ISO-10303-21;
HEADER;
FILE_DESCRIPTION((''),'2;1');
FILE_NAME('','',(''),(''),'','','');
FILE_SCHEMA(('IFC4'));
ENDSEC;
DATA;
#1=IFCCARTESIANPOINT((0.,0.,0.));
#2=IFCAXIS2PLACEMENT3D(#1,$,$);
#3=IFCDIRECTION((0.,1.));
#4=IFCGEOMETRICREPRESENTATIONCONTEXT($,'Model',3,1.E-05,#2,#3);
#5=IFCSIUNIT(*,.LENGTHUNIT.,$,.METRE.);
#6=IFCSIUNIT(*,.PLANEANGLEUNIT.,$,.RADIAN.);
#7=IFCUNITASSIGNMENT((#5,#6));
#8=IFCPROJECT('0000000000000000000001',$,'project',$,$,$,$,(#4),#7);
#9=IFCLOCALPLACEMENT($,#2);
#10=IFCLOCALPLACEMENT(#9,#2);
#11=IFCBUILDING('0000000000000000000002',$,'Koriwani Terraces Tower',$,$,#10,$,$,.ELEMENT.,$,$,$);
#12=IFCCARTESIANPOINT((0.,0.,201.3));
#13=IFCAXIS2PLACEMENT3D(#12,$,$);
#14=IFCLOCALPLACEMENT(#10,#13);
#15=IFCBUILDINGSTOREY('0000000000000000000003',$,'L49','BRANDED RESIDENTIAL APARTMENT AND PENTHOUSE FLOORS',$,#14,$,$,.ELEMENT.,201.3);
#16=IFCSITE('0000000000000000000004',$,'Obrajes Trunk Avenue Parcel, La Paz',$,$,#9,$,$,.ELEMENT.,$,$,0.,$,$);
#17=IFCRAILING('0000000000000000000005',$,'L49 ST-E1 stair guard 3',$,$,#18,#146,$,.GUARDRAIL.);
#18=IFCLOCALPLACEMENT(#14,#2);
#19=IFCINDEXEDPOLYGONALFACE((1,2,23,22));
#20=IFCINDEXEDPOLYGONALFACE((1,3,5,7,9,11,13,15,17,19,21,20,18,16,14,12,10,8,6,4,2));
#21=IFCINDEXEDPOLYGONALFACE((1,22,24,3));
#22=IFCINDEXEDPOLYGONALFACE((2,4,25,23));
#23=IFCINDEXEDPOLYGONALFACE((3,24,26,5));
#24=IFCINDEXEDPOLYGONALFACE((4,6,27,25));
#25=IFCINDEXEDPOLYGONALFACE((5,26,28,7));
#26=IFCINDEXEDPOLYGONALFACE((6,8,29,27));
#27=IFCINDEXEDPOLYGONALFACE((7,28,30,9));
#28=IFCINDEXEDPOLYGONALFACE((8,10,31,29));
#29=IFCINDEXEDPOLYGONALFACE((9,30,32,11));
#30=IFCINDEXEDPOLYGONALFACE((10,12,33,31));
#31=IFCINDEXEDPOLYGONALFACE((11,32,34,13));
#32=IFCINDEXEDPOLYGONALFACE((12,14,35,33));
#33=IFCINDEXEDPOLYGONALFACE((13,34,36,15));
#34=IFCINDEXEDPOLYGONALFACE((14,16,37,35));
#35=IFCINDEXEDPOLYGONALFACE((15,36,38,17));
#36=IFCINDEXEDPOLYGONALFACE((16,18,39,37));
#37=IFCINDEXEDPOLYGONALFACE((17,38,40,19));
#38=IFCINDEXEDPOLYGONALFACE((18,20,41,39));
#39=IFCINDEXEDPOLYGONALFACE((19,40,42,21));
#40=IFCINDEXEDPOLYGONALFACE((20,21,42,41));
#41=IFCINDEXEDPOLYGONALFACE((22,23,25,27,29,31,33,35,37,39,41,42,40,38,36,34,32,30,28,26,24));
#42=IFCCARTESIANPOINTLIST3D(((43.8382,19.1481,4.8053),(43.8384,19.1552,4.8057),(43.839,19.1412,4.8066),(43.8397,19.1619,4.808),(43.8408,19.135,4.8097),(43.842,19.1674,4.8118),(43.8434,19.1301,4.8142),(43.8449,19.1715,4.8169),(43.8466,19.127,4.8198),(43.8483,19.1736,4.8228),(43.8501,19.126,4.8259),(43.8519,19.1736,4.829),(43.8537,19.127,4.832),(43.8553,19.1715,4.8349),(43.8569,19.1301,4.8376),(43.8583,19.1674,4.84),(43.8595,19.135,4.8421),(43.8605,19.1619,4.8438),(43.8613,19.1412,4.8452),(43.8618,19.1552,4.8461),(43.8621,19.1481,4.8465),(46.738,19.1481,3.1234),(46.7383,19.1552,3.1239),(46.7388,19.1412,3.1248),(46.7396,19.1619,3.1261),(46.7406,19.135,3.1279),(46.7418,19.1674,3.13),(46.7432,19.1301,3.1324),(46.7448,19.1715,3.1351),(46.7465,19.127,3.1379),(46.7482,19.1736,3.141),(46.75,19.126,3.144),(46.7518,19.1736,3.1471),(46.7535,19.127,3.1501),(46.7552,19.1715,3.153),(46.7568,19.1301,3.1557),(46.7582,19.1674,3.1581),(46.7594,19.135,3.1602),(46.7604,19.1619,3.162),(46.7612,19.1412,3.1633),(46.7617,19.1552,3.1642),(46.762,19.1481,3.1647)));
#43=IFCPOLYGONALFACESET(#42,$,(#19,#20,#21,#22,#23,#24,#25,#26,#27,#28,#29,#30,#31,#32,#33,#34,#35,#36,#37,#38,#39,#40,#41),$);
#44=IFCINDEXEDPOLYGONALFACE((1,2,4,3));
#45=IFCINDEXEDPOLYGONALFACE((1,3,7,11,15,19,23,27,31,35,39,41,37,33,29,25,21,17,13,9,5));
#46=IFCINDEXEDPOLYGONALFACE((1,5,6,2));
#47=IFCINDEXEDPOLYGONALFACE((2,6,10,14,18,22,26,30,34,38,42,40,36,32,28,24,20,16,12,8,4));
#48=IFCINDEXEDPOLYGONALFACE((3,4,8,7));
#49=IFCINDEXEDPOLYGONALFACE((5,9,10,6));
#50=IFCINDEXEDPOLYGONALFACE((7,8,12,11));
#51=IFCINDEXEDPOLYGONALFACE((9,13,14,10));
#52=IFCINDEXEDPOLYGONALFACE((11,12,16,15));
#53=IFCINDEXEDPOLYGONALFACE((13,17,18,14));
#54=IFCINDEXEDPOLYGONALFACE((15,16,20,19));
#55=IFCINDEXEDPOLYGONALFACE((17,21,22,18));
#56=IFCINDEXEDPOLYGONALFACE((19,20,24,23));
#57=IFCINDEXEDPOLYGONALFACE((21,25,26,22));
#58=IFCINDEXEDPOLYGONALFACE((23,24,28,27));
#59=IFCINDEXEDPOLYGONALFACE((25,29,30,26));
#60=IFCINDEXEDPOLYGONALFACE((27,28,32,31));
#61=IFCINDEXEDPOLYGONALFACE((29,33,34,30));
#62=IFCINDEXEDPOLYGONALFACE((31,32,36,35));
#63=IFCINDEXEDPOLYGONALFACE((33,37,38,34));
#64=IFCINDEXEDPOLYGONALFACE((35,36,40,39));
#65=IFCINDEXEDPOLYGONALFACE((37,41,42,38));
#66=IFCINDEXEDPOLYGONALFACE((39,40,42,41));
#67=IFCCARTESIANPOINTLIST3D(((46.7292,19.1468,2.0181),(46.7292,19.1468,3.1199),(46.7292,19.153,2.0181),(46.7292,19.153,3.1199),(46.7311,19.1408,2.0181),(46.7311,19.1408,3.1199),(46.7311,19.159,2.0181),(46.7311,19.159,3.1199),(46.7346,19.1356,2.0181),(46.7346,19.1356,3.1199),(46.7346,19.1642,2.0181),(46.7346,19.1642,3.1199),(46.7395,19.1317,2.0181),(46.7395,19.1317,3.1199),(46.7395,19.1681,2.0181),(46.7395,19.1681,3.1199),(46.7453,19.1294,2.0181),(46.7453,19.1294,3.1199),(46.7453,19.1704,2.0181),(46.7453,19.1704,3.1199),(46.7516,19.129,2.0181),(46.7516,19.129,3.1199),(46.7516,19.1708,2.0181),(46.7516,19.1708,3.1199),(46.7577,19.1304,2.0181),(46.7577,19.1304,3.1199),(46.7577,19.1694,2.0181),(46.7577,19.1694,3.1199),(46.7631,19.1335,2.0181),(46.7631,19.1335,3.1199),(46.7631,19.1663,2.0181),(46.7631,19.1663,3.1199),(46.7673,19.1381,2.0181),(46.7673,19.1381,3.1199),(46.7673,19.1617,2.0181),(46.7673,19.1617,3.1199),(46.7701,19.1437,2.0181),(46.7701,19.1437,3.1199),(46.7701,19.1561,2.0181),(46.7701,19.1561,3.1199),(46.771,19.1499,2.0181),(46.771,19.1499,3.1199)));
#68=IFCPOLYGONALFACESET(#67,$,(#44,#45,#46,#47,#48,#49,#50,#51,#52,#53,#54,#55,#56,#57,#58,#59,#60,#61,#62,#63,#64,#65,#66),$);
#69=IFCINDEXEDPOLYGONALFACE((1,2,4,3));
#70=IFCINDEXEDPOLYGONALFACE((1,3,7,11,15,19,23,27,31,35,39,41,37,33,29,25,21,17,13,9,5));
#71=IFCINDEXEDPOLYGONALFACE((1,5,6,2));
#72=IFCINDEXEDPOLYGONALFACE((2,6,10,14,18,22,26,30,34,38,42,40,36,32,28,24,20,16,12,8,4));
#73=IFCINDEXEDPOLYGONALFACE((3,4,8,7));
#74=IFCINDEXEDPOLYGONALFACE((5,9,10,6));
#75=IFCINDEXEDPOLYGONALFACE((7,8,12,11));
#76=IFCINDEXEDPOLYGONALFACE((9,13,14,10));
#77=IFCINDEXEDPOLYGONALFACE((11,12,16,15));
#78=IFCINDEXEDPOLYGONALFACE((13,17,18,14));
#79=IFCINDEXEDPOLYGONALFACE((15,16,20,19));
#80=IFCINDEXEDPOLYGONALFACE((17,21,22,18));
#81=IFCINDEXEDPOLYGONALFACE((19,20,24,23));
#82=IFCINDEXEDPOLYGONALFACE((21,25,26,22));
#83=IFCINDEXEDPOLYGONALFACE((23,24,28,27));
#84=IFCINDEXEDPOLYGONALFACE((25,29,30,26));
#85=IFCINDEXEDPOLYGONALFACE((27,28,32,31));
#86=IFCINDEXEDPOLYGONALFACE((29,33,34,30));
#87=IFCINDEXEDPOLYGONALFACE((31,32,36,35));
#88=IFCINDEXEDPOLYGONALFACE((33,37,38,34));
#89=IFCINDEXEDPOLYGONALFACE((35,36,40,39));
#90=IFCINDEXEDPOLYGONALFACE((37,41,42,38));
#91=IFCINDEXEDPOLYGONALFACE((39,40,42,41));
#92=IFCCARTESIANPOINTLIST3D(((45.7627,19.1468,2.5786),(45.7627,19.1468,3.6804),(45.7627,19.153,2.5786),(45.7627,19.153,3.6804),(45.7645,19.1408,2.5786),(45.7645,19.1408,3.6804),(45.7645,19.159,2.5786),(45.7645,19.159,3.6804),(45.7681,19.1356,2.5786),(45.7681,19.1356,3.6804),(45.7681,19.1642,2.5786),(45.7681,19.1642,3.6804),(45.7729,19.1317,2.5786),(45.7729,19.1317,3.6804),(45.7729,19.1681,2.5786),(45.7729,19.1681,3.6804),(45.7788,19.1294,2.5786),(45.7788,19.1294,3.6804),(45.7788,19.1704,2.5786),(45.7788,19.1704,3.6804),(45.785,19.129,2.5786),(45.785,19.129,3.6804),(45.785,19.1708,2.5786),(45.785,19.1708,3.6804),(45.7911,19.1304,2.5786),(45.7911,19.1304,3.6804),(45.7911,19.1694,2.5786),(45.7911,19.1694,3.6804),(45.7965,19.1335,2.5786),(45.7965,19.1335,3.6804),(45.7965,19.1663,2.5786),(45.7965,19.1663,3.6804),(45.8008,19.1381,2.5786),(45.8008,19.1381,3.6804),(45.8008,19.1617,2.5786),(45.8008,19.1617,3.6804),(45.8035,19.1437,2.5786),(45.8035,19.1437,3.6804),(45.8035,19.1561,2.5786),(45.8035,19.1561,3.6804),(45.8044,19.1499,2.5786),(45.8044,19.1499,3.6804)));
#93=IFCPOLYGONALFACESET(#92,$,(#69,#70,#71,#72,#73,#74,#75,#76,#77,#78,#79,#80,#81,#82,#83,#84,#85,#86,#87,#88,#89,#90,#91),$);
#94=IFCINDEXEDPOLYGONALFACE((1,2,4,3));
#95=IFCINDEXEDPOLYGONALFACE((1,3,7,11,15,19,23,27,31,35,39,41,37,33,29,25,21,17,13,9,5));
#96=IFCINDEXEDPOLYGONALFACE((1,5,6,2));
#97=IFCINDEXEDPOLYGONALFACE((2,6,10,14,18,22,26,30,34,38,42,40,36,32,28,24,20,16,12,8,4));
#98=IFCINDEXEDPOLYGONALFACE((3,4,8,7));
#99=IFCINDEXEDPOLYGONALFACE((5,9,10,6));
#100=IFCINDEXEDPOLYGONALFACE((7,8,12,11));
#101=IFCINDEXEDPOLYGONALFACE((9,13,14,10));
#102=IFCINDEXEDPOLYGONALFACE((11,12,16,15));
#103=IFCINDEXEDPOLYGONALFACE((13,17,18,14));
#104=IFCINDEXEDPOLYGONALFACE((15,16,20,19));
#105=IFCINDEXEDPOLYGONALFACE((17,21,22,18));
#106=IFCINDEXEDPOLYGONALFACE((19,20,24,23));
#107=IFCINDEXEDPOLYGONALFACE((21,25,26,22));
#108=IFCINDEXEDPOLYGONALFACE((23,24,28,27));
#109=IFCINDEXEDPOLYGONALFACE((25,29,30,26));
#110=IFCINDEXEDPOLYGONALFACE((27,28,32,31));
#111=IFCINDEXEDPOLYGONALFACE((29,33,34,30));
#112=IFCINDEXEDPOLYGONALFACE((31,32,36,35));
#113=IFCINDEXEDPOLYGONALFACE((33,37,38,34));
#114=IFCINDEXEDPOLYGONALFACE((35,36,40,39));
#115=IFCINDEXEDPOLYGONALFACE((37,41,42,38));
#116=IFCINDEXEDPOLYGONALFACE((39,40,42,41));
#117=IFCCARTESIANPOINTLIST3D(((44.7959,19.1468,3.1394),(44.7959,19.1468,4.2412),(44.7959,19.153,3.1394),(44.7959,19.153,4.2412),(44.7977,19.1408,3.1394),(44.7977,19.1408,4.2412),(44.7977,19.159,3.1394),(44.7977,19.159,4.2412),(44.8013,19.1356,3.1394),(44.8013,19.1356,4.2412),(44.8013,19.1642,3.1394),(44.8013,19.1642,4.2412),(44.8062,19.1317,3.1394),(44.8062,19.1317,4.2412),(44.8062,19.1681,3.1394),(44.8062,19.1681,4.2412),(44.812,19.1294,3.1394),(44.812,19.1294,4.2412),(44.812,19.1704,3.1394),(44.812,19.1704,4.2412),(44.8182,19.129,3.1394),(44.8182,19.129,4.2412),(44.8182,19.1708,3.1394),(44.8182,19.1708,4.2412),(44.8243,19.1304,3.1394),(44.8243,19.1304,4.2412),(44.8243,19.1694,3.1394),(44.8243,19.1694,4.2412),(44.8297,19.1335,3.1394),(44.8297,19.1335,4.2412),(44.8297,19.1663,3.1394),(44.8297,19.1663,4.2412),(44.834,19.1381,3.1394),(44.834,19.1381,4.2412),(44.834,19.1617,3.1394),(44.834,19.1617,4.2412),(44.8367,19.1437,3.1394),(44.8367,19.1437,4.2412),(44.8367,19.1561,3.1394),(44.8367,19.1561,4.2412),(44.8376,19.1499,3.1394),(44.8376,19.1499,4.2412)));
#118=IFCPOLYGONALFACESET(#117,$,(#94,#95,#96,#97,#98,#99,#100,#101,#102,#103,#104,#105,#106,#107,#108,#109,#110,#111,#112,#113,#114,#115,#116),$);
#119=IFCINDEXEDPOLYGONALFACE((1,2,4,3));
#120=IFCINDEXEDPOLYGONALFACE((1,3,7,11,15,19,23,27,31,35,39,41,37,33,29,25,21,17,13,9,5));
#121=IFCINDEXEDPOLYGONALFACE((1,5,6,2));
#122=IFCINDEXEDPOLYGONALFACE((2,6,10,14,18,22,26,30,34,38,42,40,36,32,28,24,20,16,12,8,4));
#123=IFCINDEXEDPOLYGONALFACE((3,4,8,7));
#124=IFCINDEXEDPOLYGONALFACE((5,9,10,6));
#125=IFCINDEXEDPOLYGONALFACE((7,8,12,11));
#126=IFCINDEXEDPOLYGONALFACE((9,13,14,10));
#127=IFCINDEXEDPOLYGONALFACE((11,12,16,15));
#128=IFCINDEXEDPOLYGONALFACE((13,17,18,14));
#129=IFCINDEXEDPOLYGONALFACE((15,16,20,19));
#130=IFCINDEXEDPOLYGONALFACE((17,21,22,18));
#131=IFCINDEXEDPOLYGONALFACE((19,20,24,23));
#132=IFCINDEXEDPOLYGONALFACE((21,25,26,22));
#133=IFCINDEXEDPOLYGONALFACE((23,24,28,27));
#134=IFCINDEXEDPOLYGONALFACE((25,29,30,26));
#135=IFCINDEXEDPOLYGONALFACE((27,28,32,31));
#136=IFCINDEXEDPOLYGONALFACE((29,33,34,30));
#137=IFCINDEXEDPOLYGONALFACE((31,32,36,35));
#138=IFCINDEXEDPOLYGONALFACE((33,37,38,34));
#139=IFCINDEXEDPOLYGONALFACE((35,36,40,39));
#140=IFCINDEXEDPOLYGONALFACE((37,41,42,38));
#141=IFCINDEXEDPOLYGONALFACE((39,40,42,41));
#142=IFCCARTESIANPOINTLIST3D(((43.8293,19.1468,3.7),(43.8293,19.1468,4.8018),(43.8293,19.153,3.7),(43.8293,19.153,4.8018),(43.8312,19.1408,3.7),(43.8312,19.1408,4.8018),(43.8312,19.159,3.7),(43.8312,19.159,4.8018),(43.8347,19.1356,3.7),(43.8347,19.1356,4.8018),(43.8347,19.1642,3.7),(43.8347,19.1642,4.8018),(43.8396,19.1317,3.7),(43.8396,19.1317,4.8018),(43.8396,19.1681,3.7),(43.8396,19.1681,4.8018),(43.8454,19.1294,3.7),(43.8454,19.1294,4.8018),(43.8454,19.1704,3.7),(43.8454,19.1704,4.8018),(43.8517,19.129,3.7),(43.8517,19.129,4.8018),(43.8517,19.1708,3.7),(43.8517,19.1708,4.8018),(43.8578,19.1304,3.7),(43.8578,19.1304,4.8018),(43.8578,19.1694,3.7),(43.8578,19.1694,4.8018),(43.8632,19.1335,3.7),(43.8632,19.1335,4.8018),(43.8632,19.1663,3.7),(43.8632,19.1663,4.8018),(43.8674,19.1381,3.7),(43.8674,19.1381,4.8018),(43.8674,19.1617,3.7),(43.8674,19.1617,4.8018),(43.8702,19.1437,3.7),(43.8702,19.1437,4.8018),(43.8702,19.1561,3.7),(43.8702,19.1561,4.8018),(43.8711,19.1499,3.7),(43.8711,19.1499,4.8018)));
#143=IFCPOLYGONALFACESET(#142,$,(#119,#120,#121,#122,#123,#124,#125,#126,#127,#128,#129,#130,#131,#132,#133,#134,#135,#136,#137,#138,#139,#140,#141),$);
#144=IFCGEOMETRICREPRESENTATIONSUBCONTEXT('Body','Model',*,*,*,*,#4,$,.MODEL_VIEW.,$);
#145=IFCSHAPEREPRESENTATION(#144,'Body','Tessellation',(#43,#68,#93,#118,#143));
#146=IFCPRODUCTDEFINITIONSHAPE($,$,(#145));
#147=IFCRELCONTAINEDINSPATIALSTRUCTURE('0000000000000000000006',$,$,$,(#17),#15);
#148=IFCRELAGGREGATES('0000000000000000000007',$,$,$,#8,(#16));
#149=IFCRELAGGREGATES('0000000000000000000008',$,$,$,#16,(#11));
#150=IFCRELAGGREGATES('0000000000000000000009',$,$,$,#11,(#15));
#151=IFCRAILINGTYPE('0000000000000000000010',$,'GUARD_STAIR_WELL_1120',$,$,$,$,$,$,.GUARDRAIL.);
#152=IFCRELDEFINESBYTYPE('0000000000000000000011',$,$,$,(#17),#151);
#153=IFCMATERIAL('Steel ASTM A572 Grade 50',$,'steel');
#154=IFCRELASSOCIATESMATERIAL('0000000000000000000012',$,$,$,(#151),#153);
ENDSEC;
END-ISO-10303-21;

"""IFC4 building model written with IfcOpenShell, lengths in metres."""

from ifc_helpers import new_model, si_unit, direction, frame, origin, origin_2d, place, context, subcontext, project, spatial, circle, extrude, material, type_object, element, save


model = new_model("IFC4")

# Units and contexts
model_context = context("Model", 3, precision=1e-05, world=origin(), true_north=direction((0.0, 1.0)))
body_context = subcontext(model_context, "Body", "Model", "MODEL_VIEW")
ifc_project = project(units=[si_unit("LENGTHUNIT", "METRE"), si_unit("PLANEANGLEUNIT", "RADIAN")], contexts=[model_context])

# Site, building, storey
site_placement = place(None, origin())
site = spatial("IfcSite", under=ifc_project, at=site_placement, Name="Obrajes Trunk Avenue Parcel, La Paz", CompositionType="ELEMENT", RefElevation=0.0)
building_placement = place(site_placement, origin())
building = spatial("IfcBuilding", under=site, at=building_placement, Name="Koriwani Terraces Tower", CompositionType="ELEMENT")
storey_placement = place(building_placement, frame((0.0, 0.0, 201.3)))
storey = spatial("IfcBuildingStorey", under=building, at=storey_placement, Name="L49", Description="BRANDED RESIDENTIAL APARTMENT AND PENTHOUSE FLOORS", CompositionType="ELEMENT", Elevation=201.3)

# Shared definitions
ifc_material_1 = material(Name="Steel ASTM A572 Grade 50", Category="steel")

# Railing
railing_type_1 = type_object("IfcRailingType", Name="GUARD_STAIR_WELL_1120", PredefinedType="GUARDRAIL", material=ifc_material_1)
railing_1_placement = place(storey_placement, frame((46.75, 19.1499, 2.0181)))
element("IfcRailing", 1, at=railing_1_placement, inside=storey, type_object=railing_type_1, Name="L49 ST-E1 stair guard 3", PredefinedType="GUARDRAIL", context=body_context, shape_type="SweptSolid", body=[
    extrude(circle(Radius=0.0239, at=origin_2d()), frame((0.0, 0.0, 1.126), z_axis=(-0.865039, 0.0, 0.501705), x_axis=(0.0, -1.0, 0.0)), (0.0, 0.0, 1.0), 3.3523),
    extrude(circle(Radius=0.021, at=origin_2d()), origin(), (0.0, 0.0, 1.0), 1.1018),
    extrude(circle(Radius=0.021, at=origin_2d()), frame((-0.9666, 0.0, 0.5605)), (0.0, 0.0, 1.0), 1.1018),
    extrude(circle(Radius=0.021, at=origin_2d()), frame((-1.9333, 0.0, 1.1213)), (0.0, 0.0, 1.0), 1.1018),
    extrude(circle(Radius=0.021, at=origin_2d()), frame((-2.8999, 0.0, 1.6819)), (0.0, 0.0, 1.0), 1.1018),
])

save(model, "model.ifc")
